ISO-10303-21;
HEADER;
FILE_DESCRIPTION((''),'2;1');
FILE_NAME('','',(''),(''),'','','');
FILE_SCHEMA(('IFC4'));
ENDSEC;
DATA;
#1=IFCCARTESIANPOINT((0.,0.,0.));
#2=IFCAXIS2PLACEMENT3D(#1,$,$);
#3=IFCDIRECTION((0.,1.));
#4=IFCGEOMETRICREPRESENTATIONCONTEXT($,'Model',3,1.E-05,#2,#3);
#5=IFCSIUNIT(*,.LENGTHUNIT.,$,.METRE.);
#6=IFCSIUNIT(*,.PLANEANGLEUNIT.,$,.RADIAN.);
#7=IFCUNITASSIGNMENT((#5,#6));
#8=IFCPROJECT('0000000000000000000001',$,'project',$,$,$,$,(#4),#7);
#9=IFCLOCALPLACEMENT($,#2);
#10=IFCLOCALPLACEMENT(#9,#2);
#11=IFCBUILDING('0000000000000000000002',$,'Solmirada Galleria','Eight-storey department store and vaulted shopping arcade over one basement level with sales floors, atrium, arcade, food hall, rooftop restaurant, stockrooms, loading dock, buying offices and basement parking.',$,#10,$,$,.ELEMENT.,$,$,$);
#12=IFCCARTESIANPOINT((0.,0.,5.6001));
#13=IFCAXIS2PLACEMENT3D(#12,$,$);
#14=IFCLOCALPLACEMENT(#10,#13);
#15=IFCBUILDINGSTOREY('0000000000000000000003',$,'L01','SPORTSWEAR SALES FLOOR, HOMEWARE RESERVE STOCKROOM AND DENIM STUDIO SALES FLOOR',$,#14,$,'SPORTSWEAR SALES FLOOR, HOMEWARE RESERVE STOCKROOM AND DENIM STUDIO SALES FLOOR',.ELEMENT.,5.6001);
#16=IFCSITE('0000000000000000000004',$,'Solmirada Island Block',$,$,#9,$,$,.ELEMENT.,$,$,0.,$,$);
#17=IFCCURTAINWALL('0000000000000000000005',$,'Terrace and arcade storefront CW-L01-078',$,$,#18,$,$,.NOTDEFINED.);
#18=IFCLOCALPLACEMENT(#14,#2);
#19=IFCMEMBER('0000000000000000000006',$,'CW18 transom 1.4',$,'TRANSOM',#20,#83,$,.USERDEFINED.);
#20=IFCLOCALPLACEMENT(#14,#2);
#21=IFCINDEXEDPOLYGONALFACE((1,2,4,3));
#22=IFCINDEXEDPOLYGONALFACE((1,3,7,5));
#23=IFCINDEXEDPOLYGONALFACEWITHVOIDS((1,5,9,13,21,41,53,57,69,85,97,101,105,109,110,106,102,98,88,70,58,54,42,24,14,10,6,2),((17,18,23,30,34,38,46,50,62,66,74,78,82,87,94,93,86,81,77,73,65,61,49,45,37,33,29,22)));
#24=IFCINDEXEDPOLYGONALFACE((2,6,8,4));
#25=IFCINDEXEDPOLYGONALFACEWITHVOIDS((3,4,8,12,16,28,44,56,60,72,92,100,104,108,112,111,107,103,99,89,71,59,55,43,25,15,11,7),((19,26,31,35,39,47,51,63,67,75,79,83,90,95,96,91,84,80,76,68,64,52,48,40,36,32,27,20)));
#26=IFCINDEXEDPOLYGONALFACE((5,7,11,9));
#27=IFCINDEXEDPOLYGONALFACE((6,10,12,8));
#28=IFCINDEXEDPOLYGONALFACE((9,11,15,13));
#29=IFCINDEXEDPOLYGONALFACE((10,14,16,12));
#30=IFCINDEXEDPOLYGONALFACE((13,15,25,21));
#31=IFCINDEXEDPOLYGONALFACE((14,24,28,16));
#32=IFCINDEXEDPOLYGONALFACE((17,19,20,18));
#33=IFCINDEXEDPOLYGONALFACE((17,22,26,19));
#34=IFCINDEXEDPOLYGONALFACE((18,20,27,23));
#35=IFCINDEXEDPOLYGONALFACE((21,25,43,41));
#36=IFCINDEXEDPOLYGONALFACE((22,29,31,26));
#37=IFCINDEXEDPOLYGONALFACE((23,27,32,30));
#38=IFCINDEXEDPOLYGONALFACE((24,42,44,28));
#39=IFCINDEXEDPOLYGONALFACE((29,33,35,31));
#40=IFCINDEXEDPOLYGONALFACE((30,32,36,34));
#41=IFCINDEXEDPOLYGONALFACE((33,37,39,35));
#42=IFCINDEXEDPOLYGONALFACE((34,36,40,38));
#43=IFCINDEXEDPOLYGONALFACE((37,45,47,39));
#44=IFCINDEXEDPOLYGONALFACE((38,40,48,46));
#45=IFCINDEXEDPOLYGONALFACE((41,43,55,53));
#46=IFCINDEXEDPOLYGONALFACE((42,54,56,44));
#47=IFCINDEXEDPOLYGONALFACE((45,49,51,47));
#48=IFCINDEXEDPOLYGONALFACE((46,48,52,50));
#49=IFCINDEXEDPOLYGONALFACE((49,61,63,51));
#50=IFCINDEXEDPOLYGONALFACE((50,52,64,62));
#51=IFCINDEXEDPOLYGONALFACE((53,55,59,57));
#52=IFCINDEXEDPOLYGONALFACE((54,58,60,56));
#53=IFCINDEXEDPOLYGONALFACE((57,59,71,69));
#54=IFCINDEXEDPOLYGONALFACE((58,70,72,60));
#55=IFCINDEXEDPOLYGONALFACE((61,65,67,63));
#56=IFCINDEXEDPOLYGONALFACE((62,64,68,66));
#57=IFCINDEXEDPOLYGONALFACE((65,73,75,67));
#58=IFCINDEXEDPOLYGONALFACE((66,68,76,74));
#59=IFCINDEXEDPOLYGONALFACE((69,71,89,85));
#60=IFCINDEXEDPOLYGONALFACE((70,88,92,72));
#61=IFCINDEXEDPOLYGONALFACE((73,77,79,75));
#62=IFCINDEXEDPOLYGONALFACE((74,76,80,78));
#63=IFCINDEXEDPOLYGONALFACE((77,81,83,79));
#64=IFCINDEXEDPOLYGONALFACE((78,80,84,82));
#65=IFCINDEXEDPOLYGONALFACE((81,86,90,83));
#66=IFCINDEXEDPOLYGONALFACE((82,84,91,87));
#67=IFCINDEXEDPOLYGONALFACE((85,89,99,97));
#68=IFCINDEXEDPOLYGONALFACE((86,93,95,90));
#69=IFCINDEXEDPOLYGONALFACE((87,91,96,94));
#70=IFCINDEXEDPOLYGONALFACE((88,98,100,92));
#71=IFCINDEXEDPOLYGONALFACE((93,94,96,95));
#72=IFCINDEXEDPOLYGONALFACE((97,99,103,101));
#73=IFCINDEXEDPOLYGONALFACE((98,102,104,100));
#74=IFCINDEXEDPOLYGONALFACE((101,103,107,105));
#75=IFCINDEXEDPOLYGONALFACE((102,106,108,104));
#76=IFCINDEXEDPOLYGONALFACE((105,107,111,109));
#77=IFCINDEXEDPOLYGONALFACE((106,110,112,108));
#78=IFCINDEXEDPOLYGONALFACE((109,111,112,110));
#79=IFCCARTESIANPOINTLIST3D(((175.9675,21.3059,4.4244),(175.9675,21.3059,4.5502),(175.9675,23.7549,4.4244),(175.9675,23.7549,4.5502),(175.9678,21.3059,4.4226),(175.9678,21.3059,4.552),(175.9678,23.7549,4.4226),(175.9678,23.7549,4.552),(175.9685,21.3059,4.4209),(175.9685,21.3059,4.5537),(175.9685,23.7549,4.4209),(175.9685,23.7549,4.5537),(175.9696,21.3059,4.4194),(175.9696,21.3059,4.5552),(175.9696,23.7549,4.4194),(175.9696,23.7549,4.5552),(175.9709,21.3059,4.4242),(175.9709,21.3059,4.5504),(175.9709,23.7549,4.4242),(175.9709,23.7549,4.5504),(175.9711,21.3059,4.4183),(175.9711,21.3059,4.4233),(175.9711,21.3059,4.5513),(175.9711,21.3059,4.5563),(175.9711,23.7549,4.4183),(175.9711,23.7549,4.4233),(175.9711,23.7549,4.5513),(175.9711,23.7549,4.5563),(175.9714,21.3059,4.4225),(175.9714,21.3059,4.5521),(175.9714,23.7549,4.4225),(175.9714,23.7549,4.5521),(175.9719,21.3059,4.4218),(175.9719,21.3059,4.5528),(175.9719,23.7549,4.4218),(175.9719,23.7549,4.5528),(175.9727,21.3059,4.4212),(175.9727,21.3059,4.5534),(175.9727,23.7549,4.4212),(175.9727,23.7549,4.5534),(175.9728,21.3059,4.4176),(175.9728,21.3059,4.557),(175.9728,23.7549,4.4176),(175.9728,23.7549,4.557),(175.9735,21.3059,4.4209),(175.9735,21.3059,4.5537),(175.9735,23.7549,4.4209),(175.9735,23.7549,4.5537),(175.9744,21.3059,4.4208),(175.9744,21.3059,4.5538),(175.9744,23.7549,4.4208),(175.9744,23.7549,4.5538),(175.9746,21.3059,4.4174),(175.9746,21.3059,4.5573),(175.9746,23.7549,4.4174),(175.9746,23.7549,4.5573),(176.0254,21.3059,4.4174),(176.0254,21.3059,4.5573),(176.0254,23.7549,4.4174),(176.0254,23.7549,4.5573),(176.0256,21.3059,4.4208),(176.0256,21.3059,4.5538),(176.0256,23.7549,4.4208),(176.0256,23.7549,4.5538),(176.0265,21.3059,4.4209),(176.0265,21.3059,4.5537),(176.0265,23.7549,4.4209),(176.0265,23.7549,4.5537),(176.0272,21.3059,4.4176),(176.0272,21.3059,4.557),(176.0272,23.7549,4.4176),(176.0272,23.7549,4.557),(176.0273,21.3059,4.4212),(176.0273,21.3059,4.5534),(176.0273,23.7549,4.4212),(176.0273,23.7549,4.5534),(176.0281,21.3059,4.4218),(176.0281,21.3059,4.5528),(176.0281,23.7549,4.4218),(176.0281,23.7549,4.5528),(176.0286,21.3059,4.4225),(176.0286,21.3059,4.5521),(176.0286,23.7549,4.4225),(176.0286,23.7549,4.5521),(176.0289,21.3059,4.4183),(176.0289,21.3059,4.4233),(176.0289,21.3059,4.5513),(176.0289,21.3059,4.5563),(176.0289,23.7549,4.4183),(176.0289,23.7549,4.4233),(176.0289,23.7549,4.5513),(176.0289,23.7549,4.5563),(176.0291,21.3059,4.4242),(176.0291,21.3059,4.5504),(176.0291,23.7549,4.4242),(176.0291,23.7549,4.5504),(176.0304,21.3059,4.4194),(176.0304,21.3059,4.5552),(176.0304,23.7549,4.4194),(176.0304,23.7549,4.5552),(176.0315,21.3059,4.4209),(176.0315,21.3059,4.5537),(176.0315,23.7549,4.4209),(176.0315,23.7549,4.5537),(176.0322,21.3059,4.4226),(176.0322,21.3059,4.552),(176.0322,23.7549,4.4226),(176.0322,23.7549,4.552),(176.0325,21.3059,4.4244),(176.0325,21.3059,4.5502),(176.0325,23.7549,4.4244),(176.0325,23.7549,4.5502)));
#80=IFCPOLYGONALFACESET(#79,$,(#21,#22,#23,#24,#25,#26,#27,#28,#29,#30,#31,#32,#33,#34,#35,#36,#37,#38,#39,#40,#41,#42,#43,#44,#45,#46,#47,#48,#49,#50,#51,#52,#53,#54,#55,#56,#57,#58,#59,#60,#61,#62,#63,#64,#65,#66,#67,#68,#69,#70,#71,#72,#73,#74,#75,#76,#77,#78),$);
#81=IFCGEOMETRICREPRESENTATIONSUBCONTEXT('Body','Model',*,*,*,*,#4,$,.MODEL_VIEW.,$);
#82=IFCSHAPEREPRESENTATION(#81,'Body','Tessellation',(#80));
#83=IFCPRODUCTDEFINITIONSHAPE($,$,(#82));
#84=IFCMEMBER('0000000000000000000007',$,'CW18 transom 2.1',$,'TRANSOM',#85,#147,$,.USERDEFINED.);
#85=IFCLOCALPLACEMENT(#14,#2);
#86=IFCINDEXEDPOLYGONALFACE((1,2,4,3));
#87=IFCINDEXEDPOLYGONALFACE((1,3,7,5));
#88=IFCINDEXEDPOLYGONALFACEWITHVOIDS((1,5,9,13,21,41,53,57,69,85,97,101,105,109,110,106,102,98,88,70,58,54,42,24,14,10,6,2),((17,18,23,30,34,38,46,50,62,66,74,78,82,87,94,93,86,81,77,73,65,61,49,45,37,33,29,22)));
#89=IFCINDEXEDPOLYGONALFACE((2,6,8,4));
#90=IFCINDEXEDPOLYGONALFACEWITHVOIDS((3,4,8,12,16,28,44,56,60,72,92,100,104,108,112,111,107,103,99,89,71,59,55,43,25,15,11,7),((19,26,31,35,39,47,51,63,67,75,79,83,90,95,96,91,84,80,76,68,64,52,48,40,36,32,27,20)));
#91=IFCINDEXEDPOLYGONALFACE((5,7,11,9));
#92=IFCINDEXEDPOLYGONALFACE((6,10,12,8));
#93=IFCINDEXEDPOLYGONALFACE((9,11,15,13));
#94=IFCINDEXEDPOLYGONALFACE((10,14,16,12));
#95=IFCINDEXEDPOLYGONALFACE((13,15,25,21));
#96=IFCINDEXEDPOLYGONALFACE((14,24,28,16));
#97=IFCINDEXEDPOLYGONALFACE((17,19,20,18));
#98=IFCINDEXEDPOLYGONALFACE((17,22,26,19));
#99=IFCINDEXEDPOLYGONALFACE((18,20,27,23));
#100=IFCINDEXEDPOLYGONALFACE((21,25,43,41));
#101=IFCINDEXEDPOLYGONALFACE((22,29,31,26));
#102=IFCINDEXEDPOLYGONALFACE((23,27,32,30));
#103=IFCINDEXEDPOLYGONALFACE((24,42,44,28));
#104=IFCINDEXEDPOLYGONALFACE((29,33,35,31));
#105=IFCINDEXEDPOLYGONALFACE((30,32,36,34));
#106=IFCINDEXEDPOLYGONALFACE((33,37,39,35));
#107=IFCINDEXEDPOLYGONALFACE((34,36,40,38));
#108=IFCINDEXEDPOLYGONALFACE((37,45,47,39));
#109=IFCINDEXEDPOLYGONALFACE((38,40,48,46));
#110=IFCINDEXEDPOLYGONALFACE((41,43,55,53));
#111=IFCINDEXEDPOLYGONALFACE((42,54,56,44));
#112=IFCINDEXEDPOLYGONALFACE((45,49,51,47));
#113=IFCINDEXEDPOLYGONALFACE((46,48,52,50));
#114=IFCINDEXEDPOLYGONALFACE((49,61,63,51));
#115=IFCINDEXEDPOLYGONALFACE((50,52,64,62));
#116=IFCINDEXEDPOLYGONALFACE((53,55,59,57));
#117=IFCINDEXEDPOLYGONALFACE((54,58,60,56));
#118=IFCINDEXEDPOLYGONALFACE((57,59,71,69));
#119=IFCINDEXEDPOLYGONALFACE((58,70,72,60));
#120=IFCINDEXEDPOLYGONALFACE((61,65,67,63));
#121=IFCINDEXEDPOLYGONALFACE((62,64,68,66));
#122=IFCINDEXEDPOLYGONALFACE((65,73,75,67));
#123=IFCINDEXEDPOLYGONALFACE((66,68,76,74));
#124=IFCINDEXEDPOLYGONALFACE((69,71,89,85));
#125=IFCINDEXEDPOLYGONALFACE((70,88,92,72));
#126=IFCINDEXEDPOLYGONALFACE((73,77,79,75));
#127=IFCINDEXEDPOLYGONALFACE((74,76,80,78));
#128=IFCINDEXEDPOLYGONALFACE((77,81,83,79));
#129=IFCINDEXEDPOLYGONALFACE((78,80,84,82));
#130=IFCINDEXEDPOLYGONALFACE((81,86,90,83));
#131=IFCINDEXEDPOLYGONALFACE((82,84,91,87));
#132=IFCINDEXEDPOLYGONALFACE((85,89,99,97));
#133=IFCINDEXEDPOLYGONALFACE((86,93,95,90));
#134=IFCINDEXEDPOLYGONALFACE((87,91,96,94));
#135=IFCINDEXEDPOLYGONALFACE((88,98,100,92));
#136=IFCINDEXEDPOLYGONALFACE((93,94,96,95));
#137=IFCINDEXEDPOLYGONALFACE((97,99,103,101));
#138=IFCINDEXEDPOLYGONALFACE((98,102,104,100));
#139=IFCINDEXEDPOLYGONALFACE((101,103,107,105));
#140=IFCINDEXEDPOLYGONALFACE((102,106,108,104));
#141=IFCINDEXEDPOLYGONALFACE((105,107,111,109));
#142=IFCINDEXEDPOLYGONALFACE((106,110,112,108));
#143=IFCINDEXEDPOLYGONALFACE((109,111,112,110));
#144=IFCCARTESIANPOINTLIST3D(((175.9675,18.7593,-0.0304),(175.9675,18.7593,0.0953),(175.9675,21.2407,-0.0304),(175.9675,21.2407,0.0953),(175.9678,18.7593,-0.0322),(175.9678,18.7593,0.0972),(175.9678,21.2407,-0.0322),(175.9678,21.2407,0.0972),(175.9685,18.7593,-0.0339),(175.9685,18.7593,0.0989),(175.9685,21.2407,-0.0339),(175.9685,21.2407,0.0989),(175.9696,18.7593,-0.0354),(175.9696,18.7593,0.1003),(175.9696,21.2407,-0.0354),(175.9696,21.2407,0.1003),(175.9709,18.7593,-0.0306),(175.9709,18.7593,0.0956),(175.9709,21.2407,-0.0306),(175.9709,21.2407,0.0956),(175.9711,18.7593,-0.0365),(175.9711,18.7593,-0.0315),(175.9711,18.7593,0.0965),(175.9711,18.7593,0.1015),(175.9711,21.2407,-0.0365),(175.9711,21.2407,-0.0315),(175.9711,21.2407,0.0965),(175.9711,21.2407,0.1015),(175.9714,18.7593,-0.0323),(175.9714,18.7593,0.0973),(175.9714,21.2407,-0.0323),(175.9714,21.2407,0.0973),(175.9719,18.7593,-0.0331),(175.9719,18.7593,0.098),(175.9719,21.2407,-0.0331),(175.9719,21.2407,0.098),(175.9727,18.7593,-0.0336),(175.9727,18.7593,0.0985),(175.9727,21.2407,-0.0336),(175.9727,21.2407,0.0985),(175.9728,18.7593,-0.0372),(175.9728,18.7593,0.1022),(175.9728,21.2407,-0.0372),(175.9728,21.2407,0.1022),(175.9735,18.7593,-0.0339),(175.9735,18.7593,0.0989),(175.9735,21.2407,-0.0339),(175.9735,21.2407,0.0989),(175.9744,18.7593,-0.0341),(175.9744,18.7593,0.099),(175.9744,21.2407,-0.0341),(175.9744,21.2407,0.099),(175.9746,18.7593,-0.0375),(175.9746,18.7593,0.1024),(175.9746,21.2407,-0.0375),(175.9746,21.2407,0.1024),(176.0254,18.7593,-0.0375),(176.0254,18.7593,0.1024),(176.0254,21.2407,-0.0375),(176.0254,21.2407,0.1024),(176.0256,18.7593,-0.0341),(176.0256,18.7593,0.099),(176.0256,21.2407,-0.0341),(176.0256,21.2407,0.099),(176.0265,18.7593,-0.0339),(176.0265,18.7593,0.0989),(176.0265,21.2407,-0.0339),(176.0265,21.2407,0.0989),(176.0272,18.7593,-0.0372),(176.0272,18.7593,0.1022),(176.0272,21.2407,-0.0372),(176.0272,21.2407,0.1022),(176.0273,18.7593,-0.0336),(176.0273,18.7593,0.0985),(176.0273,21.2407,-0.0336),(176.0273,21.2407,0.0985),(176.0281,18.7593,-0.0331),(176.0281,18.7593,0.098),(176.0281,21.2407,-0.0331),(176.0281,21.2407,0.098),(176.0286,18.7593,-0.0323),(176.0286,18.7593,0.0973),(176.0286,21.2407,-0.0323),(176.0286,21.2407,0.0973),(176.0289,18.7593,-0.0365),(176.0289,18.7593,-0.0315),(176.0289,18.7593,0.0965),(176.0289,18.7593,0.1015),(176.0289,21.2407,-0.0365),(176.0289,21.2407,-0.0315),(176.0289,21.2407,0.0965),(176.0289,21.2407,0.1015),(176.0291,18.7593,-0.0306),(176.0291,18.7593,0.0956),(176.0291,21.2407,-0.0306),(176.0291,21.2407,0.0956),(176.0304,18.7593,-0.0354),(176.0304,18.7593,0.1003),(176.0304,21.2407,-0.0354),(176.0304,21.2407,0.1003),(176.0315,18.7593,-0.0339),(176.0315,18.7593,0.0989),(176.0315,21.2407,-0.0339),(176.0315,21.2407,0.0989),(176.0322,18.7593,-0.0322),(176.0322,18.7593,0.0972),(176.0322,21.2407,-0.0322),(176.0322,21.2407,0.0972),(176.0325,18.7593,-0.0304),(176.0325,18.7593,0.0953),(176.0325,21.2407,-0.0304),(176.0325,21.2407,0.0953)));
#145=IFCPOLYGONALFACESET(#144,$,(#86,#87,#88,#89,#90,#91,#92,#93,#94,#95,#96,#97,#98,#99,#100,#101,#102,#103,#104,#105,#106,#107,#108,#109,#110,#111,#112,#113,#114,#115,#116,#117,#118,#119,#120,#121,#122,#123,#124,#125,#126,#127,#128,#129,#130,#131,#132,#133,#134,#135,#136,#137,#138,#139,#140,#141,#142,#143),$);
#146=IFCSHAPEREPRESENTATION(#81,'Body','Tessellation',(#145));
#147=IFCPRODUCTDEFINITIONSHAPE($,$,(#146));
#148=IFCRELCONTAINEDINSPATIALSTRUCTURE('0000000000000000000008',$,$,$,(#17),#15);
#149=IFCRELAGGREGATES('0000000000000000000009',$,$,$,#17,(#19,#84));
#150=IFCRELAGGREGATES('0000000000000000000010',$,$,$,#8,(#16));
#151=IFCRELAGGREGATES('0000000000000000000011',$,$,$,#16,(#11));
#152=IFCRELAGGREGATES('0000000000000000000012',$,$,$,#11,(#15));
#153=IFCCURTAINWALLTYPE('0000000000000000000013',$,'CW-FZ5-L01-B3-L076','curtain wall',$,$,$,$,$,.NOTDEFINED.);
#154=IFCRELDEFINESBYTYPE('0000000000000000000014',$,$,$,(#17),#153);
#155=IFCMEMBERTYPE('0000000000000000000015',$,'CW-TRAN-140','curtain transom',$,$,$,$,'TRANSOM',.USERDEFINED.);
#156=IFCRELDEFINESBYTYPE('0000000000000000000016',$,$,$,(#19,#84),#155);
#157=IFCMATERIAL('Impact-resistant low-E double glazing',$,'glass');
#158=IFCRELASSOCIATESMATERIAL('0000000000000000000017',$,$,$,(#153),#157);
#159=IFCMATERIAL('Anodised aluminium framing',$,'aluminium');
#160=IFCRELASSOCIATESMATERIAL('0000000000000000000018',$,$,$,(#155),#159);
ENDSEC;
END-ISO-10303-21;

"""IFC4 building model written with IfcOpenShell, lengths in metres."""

from ifc_helpers import new_model, si_unit, direction, frame, origin, origin_2d, place, context, subcontext, project, spatial, hollow_rectangle, extrude, material, material_profile, profile_set, type_object, element, aggregate, save


model = new_model("IFC4")

# Units and contexts
model_context = context("Model", 3, precision=1e-05, world=origin(), true_north=direction((0.0, 1.0)))
body_context = subcontext(model_context, "Body", "Model", "MODEL_VIEW")
ifc_project = project(units=[si_unit("LENGTHUNIT", "METRE"), si_unit("PLANEANGLEUNIT", "RADIAN")], contexts=[model_context])

# Site, building, storey
site_placement = place(None, origin())
site = spatial("IfcSite", under=ifc_project, at=site_placement, Name="Solmirada Island Block", CompositionType="ELEMENT", RefElevation=0.0)
building_placement = place(site_placement, origin())
building = spatial("IfcBuilding", under=site, at=building_placement, Name="Solmirada Galleria", Description="Eight-storey department store and vaulted shopping arcade over one basement level with sales floors, atrium, arcade, food hall, rooftop restaurant, stockrooms, loading dock, buying offices and basement parking.", CompositionType="ELEMENT")
storey_placement = place(building_placement, frame((0.0, 0.0, 5.6001)))
storey = spatial("IfcBuildingStorey", under=building, at=storey_placement, Name="L01", Description="SPORTSWEAR SALES FLOOR, HOMEWARE RESERVE STOCKROOM AND DENIM STUDIO SALES FLOOR", LongName="SPORTSWEAR SALES FLOOR, HOMEWARE RESERVE STOCKROOM AND DENIM STUDIO SALES FLOOR", CompositionType="ELEMENT", Elevation=5.6001)

# Curtain wall, members
ifc_material_1 = material(Name="Impact-resistant low-E double glazing", Category="glass")
curtain_wall_type = type_object("IfcCurtainWallType", Name="CW-FZ5-L01-B3-L076", Description="curtain wall", PredefinedType="NOTDEFINED", material=ifc_material_1)
curtain_wall_placement = place(storey_placement, origin())
curtain_wall = element("IfcCurtainWall", 1, at=curtain_wall_placement, inside=storey, type_object=curtain_wall_type, Name="Terrace and arcade storefront CW-L01-078", PredefinedType="NOTDEFINED")
ifc_material_2 = material(Name="Anodised aluminium framing", Category="aluminium")
ifc_material_profile_1 = material_profile(ifc_material_2, hollow_rectangle(XDim=0.0649, YDim=0.1399, WallThickness=0.0034, InnerFilletRadius=0.0034, OuterFilletRadius=0.0071, at=origin_2d()), Name="ALU-TRAN-140X65")
ifc_profile_set_1 = profile_set([ifc_material_profile_1], Name="Anodised aluminium framing")
member_type_1 = type_object("IfcMemberType", Name="CW-TRAN-140", Description="curtain transom", ElementType="TRANSOM", PredefinedType="USERDEFINED", material=ifc_profile_set_1)
member_1_placement = place(storey_placement, frame((176.0, 23.7549, 4.4873), z_axis=(0.0, -1.0, 0.0), x_axis=(1.0, 0.0, 0.0)))
member_1 = element("IfcMember", 2, at=member_1_placement, type_object=member_type_1, Name="CW18 transom 1.4", ObjectType="TRANSOM", PredefinedType="USERDEFINED", context=body_context, shape_type="SweptSolid", body=[
    extrude(hollow_rectangle(XDim=0.0649, YDim=0.1399, WallThickness=0.0034, InnerFilletRadius=0.0034, OuterFilletRadius=0.0071, at=origin_2d()), origin(), (0.0, 0.0, 1.0), 2.449),
])
member_2_placement = place(storey_placement, frame((176.0, 21.2407, 0.0325), z_axis=(0.0, -1.0, 0.0), x_axis=(1.0, 0.0, 0.0)))
member_2 = element("IfcMember", 3, at=member_2_placement, type_object=member_type_1, Name="CW18 transom 2.1", ObjectType="TRANSOM", PredefinedType="USERDEFINED", context=body_context, shape_type="SweptSolid", body=[
    extrude(hollow_rectangle(XDim=0.0649, YDim=0.1399, WallThickness=0.0034, InnerFilletRadius=0.0034, OuterFilletRadius=0.0071, at=origin_2d()), origin(), (0.0, 0.0, 1.0), 2.4814),
])
aggregate(curtain_wall, [member_1, member_2])

save(model, "model.ifc")
